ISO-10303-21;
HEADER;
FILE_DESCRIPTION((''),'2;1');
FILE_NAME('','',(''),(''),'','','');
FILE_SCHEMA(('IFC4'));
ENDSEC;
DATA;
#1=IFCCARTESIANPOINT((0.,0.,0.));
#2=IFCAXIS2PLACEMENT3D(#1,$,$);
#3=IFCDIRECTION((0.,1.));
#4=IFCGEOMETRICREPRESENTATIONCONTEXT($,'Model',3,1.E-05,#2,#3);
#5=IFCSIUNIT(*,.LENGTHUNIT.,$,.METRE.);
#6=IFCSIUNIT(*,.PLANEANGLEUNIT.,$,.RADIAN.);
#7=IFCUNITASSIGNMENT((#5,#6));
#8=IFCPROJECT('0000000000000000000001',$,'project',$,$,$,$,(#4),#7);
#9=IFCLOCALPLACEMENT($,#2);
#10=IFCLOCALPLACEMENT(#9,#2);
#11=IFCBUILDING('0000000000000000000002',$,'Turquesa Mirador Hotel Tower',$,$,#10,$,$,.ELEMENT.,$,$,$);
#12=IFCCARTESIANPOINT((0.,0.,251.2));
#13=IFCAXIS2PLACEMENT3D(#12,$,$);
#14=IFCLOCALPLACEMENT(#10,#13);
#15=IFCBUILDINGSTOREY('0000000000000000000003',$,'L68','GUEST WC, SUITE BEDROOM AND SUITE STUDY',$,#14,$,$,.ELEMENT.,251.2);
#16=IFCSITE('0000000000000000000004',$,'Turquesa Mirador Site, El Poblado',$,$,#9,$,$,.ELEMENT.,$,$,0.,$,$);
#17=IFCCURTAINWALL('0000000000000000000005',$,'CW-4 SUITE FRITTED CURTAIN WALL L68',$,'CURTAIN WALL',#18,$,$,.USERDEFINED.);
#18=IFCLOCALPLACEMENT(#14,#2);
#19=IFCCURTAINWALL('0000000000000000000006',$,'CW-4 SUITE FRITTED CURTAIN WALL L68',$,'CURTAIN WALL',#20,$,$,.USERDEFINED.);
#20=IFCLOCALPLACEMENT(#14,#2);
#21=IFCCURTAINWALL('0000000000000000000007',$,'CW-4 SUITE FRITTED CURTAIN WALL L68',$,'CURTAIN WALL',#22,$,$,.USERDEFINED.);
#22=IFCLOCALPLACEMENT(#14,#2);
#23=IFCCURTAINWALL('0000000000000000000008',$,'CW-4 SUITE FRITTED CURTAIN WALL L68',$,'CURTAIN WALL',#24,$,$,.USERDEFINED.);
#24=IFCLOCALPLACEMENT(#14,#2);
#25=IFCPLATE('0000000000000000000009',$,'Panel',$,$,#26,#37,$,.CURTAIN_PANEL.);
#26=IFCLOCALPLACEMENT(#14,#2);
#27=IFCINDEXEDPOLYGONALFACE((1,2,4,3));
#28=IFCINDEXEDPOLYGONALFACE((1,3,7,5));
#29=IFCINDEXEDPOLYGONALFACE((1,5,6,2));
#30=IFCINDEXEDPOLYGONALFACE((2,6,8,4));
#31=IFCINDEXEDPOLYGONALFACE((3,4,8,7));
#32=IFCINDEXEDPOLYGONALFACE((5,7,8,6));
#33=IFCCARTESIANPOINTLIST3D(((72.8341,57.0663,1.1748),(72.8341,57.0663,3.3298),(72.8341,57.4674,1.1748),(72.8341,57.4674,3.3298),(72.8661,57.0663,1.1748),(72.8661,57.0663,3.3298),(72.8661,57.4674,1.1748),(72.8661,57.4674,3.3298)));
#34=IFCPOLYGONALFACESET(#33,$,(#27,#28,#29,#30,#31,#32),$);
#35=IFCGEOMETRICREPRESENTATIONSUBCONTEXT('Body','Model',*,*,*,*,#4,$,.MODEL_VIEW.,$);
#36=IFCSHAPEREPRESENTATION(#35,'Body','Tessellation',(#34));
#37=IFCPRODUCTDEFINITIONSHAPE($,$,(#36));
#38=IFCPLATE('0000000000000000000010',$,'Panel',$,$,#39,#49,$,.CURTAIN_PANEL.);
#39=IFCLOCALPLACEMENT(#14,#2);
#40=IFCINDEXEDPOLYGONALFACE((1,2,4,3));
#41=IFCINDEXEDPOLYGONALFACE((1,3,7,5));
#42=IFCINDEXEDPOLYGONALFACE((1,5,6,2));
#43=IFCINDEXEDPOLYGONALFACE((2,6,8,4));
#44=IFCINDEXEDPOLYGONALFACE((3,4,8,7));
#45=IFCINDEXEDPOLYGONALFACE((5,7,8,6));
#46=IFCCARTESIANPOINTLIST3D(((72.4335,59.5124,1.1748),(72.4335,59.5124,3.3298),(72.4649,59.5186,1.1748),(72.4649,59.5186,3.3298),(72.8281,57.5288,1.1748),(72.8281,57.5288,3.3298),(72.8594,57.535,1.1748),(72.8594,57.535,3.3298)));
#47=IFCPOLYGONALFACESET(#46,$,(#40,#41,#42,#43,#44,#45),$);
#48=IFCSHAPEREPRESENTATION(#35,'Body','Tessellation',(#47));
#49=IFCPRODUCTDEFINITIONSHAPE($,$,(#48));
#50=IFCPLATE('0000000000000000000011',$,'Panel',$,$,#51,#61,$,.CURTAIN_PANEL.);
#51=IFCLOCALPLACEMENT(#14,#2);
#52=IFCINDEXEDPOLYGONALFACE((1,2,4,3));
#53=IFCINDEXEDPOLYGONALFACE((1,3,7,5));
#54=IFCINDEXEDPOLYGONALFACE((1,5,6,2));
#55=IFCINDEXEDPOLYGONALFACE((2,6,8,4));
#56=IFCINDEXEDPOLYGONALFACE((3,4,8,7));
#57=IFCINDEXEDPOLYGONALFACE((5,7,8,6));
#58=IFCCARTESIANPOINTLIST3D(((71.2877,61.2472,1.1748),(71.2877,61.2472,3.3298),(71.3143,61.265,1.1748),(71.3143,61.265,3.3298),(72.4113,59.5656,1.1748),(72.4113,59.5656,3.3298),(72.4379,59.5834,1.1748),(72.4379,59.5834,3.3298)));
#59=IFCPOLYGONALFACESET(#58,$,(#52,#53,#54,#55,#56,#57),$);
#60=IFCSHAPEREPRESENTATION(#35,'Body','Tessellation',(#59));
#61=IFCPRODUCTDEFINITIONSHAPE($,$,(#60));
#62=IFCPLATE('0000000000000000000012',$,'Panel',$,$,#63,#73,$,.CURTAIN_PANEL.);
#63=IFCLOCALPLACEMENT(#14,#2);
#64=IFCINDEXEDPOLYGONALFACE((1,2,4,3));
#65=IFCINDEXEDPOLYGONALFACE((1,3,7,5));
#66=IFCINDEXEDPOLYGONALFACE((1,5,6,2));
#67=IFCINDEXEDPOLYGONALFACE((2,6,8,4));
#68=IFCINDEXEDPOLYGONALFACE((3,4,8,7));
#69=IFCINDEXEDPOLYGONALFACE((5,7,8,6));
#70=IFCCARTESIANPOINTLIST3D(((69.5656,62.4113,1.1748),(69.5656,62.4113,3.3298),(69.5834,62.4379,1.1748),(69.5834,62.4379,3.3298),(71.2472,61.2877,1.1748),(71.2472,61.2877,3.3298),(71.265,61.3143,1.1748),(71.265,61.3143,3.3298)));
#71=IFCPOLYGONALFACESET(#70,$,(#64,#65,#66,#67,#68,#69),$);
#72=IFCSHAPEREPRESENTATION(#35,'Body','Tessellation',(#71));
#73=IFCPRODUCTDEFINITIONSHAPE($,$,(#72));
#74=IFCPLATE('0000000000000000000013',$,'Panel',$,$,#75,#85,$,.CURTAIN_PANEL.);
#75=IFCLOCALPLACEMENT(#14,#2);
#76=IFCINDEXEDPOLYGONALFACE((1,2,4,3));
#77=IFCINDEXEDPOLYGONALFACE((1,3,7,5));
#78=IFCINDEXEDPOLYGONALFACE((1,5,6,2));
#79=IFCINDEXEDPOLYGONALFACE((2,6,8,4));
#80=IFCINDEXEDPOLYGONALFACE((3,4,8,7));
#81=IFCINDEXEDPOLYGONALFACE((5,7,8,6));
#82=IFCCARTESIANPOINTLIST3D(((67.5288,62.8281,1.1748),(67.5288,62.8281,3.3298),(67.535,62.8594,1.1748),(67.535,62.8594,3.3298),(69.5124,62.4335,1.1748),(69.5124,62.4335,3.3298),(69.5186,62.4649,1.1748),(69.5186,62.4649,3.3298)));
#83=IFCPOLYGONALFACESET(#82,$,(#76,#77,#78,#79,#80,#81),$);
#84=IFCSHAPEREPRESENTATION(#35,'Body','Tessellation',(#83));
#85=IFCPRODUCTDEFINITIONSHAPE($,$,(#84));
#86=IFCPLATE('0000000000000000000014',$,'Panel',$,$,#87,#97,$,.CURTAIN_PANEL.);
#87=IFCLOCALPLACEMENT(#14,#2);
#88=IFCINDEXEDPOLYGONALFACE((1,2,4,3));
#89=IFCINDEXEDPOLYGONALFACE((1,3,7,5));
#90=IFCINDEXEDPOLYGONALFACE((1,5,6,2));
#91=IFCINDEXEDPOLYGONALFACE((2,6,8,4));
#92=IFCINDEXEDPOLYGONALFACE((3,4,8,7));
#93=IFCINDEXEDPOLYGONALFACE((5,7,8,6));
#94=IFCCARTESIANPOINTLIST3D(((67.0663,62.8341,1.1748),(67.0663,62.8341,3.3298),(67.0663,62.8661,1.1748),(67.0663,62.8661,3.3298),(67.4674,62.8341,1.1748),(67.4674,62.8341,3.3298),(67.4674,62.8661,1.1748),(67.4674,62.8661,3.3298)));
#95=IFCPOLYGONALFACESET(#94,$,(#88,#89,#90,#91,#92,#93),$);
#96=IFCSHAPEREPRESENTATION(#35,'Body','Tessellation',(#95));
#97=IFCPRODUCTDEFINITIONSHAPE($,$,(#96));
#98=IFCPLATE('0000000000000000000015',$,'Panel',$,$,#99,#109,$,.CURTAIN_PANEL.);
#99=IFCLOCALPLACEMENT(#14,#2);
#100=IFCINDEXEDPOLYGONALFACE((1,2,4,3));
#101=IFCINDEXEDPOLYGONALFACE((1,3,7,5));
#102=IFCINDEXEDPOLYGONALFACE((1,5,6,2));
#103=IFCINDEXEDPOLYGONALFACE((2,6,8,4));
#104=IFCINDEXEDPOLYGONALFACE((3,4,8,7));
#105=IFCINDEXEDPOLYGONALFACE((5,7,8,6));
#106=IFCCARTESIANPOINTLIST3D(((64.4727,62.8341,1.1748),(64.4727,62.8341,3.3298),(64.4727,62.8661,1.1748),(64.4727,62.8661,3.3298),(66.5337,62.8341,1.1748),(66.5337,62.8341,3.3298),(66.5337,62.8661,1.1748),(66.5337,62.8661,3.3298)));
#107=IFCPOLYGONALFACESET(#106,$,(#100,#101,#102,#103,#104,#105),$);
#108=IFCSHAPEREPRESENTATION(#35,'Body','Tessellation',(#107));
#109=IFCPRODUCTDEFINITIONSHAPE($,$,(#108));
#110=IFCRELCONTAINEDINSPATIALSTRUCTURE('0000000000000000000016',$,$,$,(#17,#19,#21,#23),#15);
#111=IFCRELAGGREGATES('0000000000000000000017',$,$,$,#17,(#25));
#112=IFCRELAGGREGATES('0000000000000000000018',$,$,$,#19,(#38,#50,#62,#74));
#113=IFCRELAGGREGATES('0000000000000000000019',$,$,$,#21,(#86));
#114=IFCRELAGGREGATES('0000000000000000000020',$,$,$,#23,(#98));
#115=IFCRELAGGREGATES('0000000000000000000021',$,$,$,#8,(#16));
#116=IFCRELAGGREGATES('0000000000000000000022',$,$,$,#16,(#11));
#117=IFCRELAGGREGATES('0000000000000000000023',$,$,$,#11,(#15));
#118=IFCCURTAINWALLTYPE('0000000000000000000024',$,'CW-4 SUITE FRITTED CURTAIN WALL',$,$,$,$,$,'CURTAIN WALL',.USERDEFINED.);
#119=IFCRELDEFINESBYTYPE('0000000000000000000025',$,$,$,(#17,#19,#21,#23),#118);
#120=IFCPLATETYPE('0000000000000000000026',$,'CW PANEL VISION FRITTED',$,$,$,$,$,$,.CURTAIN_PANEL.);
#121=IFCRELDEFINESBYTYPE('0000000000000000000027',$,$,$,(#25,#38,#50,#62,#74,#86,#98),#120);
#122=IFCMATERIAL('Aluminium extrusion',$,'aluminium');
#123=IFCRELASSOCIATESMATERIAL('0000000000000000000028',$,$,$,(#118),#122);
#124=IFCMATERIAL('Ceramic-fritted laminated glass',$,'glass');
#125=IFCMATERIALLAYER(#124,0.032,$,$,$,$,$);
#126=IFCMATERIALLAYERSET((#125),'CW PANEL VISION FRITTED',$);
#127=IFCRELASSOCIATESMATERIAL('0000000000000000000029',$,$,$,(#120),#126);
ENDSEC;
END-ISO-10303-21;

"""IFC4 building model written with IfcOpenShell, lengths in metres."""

from ifc_helpers import new_model, si_unit, direction, frame, origin, origin_2d, place, context, subcontext, project, spatial, rectangle, extrude, material, layer, layer_set, type_object, element, aggregate, save


model = new_model("IFC4")

# Units and contexts
model_context = context("Model", 3, precision=1e-05, world=origin(), true_north=direction((0.0, 1.0)))
body_context = subcontext(model_context, "Body", "Model", "MODEL_VIEW")
ifc_project = project(units=[si_unit("LENGTHUNIT", "METRE"), si_unit("PLANEANGLEUNIT", "RADIAN")], contexts=[model_context])

# Site, building, storey
site_placement = place(None, origin())
site = spatial("IfcSite", under=ifc_project, at=site_placement, Name="Turquesa Mirador Site, El Poblado", CompositionType="ELEMENT", RefElevation=0.0)
building_placement = place(site_placement, origin())
building = spatial("IfcBuilding", under=site, at=building_placement, Name="Turquesa Mirador Hotel Tower", CompositionType="ELEMENT")
storey_placement = place(building_placement, frame((0.0, 0.0, 251.2)))
storey = spatial("IfcBuildingStorey", under=building, at=storey_placement, Name="L68", Description="GUEST WC, SUITE BEDROOM AND SUITE STUDY", CompositionType="ELEMENT", Elevation=251.2)

# Curtain wall
ifc_material_1 = material(Name="Aluminium extrusion", Category="aluminium")
curtain_wall_type = type_object("IfcCurtainWallType", Name="CW-4 SUITE FRITTED CURTAIN WALL", ElementType="CURTAIN WALL", PredefinedType="USERDEFINED", material=ifc_material_1)
curtain_wall_1_placement = place(storey_placement, origin())
curtain_wall_1 = element("IfcCurtainWall", 1, at=curtain_wall_1_placement, inside=storey, type_object=curtain_wall_type, Name="CW-4 SUITE FRITTED CURTAIN WALL L68", ObjectType="CURTAIN WALL", PredefinedType="USERDEFINED")

# Curtain walls
curtain_wall_2_placement = place(storey_placement, origin())
curtain_wall_2 = element("IfcCurtainWall", 2, at=curtain_wall_2_placement, inside=storey, type_object=curtain_wall_type, Name="CW-4 SUITE FRITTED CURTAIN WALL L68", ObjectType="CURTAIN WALL", PredefinedType="USERDEFINED")
curtain_wall_3_placement = place(storey_placement, origin())
curtain_wall_3 = element("IfcCurtainWall", 3, at=curtain_wall_3_placement, inside=storey, type_object=curtain_wall_type, Name="CW-4 SUITE FRITTED CURTAIN WALL L68", ObjectType="CURTAIN WALL", PredefinedType="USERDEFINED")
curtain_wall_4_placement = place(storey_placement, origin())
curtain_wall_4 = element("IfcCurtainWall", 4, at=curtain_wall_4_placement, inside=storey, type_object=curtain_wall_type, Name="CW-4 SUITE FRITTED CURTAIN WALL L68", ObjectType="CURTAIN WALL", PredefinedType="USERDEFINED")

# Plates
ifc_material_2 = material(Name="Ceramic-fritted laminated glass", Category="glass")
ifc_layer_1 = layer(ifc_material_2, 0.032)
ifc_layer_set_1 = layer_set([ifc_layer_1], Name="CW PANEL VISION FRITTED")
plate_type_1 = type_object("IfcPlateType", Name="CW PANEL VISION FRITTED", PredefinedType="CURTAIN_PANEL", material=ifc_layer_set_1)
plate_1_placement = place(storey_placement, frame((72.8501, 57.2668, 1.1748), z_axis=(0.0, 0.0, 1.0), x_axis=(0.0, 1.0, 0.0)))
plate_1 = element("IfcPlate", 5, at=plate_1_placement, type_object=plate_type_1, Name="Panel", PredefinedType="CURTAIN_PANEL", context=body_context, shape_type="SweptSolid", body=[
    extrude(rectangle(XDim=0.4011, YDim=0.032, at=origin_2d()), origin(), (0.0, 0.0, 1.0), 2.155),
])
aggregate(curtain_wall_1, [plate_1])
plate_2_placement = place(storey_placement, frame((72.6465, 58.5237, 1.1748), z_axis=(0.0, 0.0, 1.0), x_axis=(-0.195091, 0.980785, 0.0)))
plate_2 = element("IfcPlate", 6, at=plate_2_placement, type_object=plate_type_1, Name="Panel", PredefinedType="CURTAIN_PANEL", context=body_context, shape_type="SweptSolid", body=[
    extrude(rectangle(XDim=2.0225, YDim=0.032, at=origin_2d()), origin(), (0.0, 0.0, 1.0), 2.155),
])
plate_3_placement = place(storey_placement, frame((71.8628, 60.4153, 1.1748), z_axis=(0.0, 0.0, 1.0), x_axis=(-0.55557, 0.83147, 0.0)))
plate_3 = element("IfcPlate", 7, at=plate_3_placement, type_object=plate_type_1, Name="Panel", PredefinedType="CURTAIN_PANEL", context=body_context, shape_type="SweptSolid", body=[
    extrude(rectangle(XDim=2.0225, YDim=0.032, at=origin_2d()), origin(), (0.0, 0.0, 1.0), 2.155),
])
plate_4_placement = place(storey_placement, frame((70.4153, 61.8628, 1.1748), z_axis=(0.0, 0.0, 1.0), x_axis=(-0.83147, 0.55557, 0.0)))
plate_4 = element("IfcPlate", 8, at=plate_4_placement, type_object=plate_type_1, Name="Panel", PredefinedType="CURTAIN_PANEL", context=body_context, shape_type="SweptSolid", body=[
    extrude(rectangle(XDim=2.0225, YDim=0.032, at=origin_2d()), origin(), (0.0, 0.0, 1.0), 2.155),
])
plate_5_placement = place(storey_placement, frame((68.5237, 62.6465, 1.1748), z_axis=(0.0, 0.0, 1.0), x_axis=(-0.980785, 0.195091, 0.0)))
plate_5 = element("IfcPlate", 9, at=plate_5_placement, type_object=plate_type_1, Name="Panel", PredefinedType="CURTAIN_PANEL", context=body_context, shape_type="SweptSolid", body=[
    extrude(rectangle(XDim=2.0225, YDim=0.032, at=origin_2d()), origin(), (0.0, 0.0, 1.0), 2.155),
])
aggregate(curtain_wall_2, [plate_2, plate_3, plate_4, plate_5])
plate_6_placement = place(storey_placement, frame((67.2668, 62.8501, 1.1748), z_axis=(0.0, 0.0, 1.0), x_axis=(-1.0, 0.0, 0.0)))
plate_6 = element("IfcPlate", 10, at=plate_6_placement, type_object=plate_type_1, Name="Panel", PredefinedType="CURTAIN_PANEL", context=body_context, shape_type="SweptSolid", body=[
    extrude(rectangle(XDim=0.4011, YDim=0.032, at=origin_2d()), origin(), (0.0, 0.0, 1.0), 2.155),
])
aggregate(curtain_wall_3, [plate_6])
plate_7_placement = place(storey_placement, frame((65.5032, 62.8501, 1.1748), z_axis=(0.0, 0.0, 1.0), x_axis=(-1.0, 0.0, 0.0)))
plate_7 = element("IfcPlate", 11, at=plate_7_placement, type_object=plate_type_1, Name="Panel", PredefinedType="CURTAIN_PANEL", context=body_context, shape_type="SweptSolid", body=[
    extrude(rectangle(XDim=2.061, YDim=0.032, at=origin_2d()), origin(), (0.0, 0.0, 1.0), 2.155),
])
aggregate(curtain_wall_4, [plate_7])

save(model, "model.ifc")
